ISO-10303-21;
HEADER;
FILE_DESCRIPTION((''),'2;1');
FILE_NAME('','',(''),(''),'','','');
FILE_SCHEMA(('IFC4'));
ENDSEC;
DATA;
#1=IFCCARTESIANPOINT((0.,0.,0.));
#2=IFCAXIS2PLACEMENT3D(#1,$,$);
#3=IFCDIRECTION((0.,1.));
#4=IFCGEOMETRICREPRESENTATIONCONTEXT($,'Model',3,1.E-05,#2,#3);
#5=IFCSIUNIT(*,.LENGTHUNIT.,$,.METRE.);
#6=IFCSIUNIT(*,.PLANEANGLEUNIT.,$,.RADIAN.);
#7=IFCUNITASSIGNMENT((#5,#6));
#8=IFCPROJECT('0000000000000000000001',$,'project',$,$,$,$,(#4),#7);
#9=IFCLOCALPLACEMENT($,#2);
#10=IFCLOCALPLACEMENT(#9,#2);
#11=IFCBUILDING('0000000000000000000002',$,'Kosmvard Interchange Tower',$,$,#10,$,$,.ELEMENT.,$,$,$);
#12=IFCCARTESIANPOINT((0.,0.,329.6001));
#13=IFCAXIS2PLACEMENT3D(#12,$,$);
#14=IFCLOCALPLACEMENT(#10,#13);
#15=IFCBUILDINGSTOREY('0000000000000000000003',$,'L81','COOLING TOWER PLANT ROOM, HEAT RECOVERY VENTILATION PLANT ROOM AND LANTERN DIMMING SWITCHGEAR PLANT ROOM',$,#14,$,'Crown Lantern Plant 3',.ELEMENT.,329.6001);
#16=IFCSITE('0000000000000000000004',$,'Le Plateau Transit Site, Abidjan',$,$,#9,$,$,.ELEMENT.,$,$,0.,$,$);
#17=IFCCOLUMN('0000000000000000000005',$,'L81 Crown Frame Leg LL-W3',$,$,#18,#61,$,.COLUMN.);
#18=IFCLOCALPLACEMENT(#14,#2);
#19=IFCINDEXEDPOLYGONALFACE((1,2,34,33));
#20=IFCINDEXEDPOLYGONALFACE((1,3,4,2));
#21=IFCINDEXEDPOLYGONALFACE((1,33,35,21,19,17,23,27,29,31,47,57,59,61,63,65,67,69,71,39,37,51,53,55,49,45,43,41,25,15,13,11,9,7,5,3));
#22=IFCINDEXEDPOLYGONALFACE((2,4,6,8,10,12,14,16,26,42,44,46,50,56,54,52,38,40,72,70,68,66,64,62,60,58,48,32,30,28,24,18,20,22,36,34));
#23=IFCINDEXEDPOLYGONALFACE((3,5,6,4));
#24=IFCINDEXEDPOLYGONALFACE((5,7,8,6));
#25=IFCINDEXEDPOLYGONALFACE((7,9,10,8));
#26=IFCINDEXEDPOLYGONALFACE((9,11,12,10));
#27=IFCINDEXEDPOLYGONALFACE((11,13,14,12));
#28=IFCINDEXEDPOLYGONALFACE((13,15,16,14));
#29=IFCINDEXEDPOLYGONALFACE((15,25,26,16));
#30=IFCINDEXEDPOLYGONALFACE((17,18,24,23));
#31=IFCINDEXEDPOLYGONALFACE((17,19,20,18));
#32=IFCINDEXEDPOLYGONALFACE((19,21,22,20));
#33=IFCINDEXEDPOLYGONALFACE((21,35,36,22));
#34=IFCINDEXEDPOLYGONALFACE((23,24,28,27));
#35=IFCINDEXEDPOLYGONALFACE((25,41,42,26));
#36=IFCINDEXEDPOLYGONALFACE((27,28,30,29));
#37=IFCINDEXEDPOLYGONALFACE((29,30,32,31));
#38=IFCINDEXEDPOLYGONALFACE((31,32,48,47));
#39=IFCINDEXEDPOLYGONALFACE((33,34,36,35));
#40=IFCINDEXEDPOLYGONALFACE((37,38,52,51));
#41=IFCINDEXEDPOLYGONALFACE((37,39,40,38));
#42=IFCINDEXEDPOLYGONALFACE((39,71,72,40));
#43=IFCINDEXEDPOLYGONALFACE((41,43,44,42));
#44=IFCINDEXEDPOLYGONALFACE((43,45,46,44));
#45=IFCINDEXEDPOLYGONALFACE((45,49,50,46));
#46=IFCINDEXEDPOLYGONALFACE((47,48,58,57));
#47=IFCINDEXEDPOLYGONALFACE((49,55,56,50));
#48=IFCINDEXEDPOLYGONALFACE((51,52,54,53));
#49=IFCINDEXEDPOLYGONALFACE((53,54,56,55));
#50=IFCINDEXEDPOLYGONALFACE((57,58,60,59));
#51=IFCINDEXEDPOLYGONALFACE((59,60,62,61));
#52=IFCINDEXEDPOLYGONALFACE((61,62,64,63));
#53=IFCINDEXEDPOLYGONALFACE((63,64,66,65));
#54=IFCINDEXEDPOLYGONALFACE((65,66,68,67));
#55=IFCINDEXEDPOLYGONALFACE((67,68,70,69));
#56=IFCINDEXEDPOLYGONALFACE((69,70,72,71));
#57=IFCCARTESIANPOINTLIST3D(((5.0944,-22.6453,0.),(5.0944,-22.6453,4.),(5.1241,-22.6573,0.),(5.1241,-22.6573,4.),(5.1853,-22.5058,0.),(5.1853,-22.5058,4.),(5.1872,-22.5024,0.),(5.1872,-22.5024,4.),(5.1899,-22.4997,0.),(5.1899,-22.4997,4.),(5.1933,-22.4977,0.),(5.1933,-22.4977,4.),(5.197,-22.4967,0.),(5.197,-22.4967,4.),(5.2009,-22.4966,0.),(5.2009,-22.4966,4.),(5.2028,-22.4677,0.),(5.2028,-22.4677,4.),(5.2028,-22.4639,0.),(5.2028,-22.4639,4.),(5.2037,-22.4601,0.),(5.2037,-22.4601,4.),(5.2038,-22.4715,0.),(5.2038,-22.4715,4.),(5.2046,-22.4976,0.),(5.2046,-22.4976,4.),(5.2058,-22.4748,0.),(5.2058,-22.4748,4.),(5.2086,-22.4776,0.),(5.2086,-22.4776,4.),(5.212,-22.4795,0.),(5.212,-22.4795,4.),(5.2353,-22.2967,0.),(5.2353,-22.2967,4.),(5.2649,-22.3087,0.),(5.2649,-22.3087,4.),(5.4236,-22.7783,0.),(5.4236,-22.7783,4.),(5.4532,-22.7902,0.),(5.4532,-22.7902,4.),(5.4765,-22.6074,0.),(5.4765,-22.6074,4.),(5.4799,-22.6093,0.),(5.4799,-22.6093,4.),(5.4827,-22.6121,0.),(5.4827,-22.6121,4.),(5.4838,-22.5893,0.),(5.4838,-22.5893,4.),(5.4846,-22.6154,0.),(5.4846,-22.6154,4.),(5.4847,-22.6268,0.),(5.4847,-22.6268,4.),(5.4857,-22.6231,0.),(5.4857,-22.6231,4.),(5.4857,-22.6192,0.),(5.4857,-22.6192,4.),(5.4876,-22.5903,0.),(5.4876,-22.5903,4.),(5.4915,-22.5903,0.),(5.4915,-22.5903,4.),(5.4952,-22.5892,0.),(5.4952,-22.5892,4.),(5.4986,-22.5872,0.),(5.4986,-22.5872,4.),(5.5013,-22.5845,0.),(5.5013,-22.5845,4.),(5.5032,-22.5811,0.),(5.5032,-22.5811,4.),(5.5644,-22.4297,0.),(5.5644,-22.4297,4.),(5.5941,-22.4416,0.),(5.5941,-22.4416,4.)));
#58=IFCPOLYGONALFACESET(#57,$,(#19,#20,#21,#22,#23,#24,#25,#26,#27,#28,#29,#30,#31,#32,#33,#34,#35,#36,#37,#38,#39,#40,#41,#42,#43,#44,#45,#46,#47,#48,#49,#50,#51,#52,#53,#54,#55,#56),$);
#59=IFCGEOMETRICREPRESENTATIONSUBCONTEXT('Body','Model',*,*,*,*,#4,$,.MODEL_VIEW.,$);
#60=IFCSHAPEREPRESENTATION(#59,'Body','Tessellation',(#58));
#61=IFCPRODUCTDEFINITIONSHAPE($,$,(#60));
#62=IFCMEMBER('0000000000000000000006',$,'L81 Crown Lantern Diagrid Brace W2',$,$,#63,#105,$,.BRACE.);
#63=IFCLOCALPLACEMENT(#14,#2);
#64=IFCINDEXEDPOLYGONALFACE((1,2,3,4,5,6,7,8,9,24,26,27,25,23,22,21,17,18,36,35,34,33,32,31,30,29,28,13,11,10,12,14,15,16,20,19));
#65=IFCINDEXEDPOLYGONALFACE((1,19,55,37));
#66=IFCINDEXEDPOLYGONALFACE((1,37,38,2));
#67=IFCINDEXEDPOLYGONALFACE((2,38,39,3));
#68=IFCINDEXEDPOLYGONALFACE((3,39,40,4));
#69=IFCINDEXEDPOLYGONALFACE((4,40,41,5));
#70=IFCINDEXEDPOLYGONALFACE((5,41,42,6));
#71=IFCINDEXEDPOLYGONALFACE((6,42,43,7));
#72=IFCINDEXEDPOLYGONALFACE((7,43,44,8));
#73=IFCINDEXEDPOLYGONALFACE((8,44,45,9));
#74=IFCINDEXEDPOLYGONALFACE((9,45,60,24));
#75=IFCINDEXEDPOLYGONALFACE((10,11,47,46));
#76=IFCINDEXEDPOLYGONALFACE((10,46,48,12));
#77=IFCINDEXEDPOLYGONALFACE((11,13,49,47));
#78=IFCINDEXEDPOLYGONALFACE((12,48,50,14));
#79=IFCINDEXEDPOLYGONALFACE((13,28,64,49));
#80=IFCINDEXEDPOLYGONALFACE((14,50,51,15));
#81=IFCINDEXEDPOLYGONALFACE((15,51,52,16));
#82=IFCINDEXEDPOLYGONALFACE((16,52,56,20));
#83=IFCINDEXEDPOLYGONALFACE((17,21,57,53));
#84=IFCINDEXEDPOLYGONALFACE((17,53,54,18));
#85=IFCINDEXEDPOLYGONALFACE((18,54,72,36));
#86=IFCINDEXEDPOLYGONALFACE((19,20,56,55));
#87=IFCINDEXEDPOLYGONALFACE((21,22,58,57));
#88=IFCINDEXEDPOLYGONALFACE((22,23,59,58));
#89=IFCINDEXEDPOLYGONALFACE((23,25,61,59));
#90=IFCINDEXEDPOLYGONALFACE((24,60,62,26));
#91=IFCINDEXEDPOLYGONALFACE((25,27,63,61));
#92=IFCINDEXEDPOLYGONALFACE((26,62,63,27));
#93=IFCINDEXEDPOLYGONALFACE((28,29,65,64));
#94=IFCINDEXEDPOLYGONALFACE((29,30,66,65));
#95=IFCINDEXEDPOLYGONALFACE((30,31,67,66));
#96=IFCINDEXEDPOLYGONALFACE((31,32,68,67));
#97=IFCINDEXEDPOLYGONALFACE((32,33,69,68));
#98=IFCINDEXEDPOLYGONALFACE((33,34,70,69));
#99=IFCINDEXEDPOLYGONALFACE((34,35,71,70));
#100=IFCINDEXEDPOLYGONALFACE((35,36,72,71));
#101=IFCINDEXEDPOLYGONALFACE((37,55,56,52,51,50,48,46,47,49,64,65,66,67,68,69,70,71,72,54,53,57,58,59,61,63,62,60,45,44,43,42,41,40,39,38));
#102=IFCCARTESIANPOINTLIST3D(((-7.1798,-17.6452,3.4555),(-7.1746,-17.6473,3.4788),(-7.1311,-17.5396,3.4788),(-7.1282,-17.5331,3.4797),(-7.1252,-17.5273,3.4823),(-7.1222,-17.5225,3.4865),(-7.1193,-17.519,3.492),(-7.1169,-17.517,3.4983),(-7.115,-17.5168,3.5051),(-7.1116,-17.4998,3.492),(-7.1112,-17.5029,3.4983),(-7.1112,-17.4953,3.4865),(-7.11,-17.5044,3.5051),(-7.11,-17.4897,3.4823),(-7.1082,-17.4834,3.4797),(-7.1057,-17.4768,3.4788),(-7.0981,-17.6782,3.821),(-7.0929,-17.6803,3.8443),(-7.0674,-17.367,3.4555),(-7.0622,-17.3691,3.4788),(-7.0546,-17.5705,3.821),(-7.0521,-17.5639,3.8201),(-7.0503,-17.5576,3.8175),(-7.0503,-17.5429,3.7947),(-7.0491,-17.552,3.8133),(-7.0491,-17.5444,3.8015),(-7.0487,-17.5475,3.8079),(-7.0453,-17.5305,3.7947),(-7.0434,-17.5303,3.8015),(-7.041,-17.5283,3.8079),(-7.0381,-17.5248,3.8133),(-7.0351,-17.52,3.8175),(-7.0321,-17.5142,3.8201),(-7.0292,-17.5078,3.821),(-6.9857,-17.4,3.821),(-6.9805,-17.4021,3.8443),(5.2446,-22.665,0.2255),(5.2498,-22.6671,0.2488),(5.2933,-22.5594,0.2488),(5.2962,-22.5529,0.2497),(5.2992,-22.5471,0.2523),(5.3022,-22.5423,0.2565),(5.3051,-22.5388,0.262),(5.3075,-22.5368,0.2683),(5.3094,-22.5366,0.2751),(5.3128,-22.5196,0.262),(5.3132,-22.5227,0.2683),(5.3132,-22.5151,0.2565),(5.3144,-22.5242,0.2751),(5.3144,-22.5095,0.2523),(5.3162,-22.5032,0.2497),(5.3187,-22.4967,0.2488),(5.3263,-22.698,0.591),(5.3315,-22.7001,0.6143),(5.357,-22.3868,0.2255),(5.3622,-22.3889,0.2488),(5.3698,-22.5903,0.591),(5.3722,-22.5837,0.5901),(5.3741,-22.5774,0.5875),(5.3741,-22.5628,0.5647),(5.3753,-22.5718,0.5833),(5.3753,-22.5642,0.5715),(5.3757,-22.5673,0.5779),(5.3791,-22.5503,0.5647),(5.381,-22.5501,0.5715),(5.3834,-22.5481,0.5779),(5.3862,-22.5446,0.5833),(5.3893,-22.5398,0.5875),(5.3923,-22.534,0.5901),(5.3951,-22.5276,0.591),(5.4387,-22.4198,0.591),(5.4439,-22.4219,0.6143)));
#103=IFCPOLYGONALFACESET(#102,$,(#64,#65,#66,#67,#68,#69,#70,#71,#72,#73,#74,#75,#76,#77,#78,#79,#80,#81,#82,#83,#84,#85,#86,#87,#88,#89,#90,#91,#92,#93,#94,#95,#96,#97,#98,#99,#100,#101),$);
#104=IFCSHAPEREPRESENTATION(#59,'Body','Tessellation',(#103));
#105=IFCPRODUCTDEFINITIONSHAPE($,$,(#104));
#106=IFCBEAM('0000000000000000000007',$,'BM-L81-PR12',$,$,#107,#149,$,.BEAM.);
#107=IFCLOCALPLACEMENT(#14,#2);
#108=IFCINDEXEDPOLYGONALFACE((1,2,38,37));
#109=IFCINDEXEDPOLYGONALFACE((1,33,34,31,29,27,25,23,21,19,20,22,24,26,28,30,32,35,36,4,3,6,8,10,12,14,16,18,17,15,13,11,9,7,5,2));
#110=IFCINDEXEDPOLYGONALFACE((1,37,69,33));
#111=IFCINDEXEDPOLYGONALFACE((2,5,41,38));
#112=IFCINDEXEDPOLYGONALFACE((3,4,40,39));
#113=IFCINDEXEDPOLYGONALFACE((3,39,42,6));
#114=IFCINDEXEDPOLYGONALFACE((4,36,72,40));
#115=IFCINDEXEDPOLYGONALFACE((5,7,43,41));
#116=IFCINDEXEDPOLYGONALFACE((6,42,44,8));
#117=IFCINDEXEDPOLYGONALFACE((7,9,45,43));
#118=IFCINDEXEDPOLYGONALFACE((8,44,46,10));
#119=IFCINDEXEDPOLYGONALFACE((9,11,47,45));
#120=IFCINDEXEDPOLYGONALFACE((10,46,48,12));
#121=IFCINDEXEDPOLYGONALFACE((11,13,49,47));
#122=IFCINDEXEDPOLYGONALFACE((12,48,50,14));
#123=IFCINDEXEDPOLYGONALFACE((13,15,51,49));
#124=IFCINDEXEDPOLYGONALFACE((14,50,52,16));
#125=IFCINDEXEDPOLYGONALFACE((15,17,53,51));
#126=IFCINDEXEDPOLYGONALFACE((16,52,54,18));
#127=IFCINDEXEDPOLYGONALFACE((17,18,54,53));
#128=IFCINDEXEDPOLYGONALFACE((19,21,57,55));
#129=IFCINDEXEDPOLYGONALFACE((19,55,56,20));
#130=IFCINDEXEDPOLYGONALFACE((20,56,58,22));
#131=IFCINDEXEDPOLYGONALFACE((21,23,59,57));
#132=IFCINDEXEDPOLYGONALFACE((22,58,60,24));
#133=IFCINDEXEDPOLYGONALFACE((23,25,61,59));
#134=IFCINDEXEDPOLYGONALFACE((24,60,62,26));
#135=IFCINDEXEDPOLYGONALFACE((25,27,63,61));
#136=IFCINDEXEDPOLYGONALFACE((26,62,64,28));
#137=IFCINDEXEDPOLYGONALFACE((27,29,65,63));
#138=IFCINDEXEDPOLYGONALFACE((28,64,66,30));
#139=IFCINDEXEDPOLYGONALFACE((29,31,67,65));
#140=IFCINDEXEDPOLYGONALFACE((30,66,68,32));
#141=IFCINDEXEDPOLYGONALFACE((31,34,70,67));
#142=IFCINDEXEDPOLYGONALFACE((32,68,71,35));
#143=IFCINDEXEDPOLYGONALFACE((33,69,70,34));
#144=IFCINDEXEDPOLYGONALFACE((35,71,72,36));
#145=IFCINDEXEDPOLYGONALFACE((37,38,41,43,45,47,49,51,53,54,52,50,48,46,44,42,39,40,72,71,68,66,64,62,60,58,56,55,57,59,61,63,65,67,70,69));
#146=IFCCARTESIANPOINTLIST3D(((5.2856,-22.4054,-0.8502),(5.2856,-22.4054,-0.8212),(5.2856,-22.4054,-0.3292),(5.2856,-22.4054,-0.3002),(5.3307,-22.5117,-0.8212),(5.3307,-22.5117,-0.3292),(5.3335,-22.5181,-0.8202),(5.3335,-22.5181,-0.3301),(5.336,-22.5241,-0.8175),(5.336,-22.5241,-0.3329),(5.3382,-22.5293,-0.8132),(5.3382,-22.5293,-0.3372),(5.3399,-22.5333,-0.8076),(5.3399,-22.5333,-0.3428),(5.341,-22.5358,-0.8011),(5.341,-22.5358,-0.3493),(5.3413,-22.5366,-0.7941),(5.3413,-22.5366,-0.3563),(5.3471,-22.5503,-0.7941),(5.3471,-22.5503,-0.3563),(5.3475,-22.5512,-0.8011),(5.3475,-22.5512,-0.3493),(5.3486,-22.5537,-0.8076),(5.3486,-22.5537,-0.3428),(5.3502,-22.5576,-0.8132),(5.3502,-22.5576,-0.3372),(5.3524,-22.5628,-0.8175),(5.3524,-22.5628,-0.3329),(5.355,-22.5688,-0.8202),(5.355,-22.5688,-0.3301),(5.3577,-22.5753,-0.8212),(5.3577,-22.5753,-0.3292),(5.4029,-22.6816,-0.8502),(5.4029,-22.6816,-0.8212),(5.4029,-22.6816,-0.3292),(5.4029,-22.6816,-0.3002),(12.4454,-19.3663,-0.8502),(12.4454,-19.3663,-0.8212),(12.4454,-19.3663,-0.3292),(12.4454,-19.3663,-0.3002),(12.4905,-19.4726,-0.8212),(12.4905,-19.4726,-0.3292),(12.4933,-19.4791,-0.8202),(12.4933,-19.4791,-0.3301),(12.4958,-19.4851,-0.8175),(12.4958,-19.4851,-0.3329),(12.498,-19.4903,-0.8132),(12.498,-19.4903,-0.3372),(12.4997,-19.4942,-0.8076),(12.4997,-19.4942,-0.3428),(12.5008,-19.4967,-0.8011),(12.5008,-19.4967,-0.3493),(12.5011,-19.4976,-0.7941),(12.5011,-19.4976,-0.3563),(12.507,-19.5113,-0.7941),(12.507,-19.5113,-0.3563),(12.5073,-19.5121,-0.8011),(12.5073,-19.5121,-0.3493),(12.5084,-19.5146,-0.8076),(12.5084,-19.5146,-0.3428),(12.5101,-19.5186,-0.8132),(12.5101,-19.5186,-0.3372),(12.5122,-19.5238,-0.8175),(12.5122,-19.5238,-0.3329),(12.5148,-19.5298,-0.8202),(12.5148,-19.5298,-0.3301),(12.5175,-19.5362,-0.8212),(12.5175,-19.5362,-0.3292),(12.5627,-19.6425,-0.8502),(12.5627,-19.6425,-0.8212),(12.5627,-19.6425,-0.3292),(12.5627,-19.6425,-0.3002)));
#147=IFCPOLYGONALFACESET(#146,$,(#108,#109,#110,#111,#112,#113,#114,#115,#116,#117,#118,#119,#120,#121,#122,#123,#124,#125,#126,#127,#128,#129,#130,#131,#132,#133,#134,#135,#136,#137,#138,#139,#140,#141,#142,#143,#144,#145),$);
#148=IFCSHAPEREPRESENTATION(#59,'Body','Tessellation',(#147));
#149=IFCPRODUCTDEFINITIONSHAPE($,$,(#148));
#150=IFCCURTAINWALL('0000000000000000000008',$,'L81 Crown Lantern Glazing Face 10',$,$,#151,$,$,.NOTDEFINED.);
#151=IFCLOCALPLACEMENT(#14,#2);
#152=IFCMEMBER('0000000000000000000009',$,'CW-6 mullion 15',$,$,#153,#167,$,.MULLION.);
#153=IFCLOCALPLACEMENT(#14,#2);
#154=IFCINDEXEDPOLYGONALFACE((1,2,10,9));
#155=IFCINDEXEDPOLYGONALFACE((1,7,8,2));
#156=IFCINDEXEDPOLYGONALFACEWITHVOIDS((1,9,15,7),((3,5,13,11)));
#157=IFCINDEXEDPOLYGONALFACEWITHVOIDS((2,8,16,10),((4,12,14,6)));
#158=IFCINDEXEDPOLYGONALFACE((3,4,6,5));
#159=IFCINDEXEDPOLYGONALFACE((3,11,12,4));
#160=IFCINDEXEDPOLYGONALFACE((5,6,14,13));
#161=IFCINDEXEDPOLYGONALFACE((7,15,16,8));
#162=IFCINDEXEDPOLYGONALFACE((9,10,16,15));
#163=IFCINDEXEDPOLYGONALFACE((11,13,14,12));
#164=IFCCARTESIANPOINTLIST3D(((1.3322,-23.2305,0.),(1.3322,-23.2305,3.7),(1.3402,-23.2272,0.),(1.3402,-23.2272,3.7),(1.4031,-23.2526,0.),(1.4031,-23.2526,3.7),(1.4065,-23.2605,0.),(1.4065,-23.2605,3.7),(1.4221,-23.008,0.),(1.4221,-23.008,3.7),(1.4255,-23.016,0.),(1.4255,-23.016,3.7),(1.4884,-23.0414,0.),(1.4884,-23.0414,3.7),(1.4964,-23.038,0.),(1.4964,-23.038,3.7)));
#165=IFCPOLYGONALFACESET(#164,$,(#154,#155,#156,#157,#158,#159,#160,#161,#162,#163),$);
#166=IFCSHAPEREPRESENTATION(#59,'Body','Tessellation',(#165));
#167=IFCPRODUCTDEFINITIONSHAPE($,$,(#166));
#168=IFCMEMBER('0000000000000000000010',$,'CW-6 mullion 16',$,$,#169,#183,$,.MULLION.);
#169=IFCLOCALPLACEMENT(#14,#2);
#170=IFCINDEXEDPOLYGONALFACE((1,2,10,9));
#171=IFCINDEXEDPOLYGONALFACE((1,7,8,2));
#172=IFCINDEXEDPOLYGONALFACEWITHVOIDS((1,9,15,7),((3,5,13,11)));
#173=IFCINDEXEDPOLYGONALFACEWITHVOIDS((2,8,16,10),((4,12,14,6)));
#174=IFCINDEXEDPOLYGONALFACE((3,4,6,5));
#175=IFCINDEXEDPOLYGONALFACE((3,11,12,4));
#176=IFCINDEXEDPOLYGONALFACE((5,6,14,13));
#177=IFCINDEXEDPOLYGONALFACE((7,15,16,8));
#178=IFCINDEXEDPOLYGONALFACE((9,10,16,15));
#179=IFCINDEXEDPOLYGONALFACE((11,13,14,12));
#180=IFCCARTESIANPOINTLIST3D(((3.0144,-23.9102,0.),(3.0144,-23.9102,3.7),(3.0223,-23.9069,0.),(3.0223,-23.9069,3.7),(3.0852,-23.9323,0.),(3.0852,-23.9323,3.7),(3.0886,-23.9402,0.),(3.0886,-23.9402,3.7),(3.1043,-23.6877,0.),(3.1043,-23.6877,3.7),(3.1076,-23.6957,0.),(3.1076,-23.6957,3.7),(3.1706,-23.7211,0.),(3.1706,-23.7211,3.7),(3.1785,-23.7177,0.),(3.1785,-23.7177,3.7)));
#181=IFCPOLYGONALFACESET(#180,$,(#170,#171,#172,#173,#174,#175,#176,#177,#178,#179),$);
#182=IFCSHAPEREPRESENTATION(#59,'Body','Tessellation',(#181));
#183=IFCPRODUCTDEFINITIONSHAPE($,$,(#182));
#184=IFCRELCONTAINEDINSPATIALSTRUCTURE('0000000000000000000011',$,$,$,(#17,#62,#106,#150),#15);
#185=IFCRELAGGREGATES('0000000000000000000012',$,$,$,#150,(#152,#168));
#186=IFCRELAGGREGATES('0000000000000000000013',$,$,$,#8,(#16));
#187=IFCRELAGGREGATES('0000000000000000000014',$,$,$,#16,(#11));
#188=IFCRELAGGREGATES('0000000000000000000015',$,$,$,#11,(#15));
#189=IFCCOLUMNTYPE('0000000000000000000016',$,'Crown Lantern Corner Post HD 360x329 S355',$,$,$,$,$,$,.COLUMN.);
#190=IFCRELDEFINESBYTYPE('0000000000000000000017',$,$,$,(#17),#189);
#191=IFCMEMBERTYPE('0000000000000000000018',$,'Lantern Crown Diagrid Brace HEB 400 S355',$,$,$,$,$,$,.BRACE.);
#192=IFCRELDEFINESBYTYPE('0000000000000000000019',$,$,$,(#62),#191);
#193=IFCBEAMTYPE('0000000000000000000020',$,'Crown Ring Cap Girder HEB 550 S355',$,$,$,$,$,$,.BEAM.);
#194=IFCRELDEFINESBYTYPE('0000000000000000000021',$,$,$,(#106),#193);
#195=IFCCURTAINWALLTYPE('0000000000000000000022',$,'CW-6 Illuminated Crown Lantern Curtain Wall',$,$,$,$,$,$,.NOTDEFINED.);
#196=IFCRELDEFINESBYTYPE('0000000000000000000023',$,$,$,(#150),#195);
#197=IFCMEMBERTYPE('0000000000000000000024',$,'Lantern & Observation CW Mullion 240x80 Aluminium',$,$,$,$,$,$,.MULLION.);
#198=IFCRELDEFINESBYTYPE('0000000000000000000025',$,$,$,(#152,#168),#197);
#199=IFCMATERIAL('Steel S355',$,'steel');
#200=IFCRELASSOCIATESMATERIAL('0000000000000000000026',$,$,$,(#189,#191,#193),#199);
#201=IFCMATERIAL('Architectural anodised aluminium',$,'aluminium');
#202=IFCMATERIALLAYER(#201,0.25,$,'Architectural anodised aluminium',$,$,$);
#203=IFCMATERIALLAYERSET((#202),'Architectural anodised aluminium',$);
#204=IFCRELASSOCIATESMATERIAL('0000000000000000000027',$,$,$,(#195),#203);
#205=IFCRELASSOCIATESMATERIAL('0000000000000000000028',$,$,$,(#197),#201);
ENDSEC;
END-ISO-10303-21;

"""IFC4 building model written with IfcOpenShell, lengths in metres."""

from ifc_helpers import new_model, si_unit, direction, frame, origin, origin_2d, place, context, subcontext, project, spatial, hollow_rectangle, i_section, extrude, source, transform, mapped, material, layer, layer_set, material_profile, profile_set, type_object, element, aggregate, save


model = new_model("IFC4")

# Units and contexts
model_context = context("Model", 3, precision=1e-05, world=origin(), true_north=direction((0.0, 1.0)))
body_context = subcontext(model_context, "Body", "Model", "MODEL_VIEW")
ifc_project = project(units=[si_unit("LENGTHUNIT", "METRE"), si_unit("PLANEANGLEUNIT", "RADIAN")], contexts=[model_context])

# Site, building, storey
site_placement = place(None, origin())
site = spatial("IfcSite", under=ifc_project, at=site_placement, Name="Le Plateau Transit Site, Abidjan", CompositionType="ELEMENT", RefElevation=0.0)
building_placement = place(site_placement, origin())
building = spatial("IfcBuilding", under=site, at=building_placement, Name="Kosmvard Interchange Tower", CompositionType="ELEMENT")
storey_placement = place(building_placement, frame((0.0, 0.0, 329.6001)))
storey = spatial("IfcBuildingStorey", under=building, at=storey_placement, Name="L81", Description="COOLING TOWER PLANT ROOM, HEAT RECOVERY VENTILATION PLANT ROOM AND LANTERN DIMMING SWITCHGEAR PLANT ROOM", LongName="Crown Lantern Plant 3", CompositionType="ELEMENT", Elevation=329.6001)

# Column
ifc_material_1 = material(Name="Steel S355", Category="steel")
ifc_material_profile_1 = material_profile(ifc_material_1, i_section(OverallWidth=0.376, OverallDepth=0.387, WebThickness=0.0195, FlangeThickness=0.032, FilletRadius=0.0149, at=origin_2d()), Name="HD 360x329")
ifc_profile_set_1 = profile_set([ifc_material_profile_1], Name="Steel S355")
column_type = type_object("IfcColumnType", Name="Crown Lantern Corner Post HD 360x329 S355", PredefinedType="COLUMN", material=ifc_profile_set_1)
shared_shape_1 = source(origin(), body_context, "Body", "SweptSolid", [
    extrude(i_section(OverallWidth=0.376, OverallDepth=0.387, WebThickness=0.0195, FlangeThickness=0.032, FilletRadius=0.0149, at=origin_2d()), origin(), (0.0, 0.0, 1.0), 4.0),
])
column_placement = place(storey_placement, frame((5.3442, -22.5435, 0.0), z_axis=(0.0, 0.0, 1.0), x_axis=(0.374607, 0.927184, 0.0)))
element("IfcColumn", 1, at=column_placement, inside=storey, type_object=column_type, Name="L81 Crown Frame Leg LL-W3", PredefinedType="COLUMN", context=body_context, shape_type="MappedRepresentation", body=[
    mapped(shared_shape_1, transform((0.0, 0.0, 0.0), scale=1.0)),
])

# Member
ifc_material_profile_2 = material_profile(ifc_material_1, i_section(OverallWidth=0.3, OverallDepth=0.3999, WebThickness=0.0134, FlangeThickness=0.0239, FilletRadius=0.0271, at=origin_2d()), Name="HEB 400")
ifc_profile_set_2 = profile_set([ifc_material_profile_2], Name="Steel S355")
member_type_1 = type_object("IfcMemberType", Name="Lantern Crown Diagrid Brace HEB 400 S355", PredefinedType="BRACE", material=ifc_profile_set_2)
shared_shape_2 = source(origin(), body_context, "Body", "SweptSolid", [
    extrude(i_section(OverallWidth=0.3, OverallDepth=0.3999, WebThickness=0.0134, FlangeThickness=0.0239, FilletRadius=0.0271, at=origin_2d()), origin(), (0.0, 0.0, 1.0), 13.7839),
])
member_1_placement = place(storey_placement, frame((5.3442, -22.5435, 0.4199), z_axis=(-0.901368, 0.364178, 0.234331), x_axis=(-0.374608, -0.927183, 0.0)))
element("IfcMember", 2, at=member_1_placement, inside=storey, type_object=member_type_1, Name="L81 Crown Lantern Diagrid Brace W2", PredefinedType="BRACE", context=body_context, shape_type="MappedRepresentation", body=[
    mapped(shared_shape_2, transform((0.0, 0.0, 0.0), scale=1.0)),
])

# Beam
ifc_material_profile_3 = material_profile(ifc_material_1, i_section(OverallWidth=0.3, OverallDepth=0.55, WebThickness=0.0149, FlangeThickness=0.0291, FilletRadius=0.0271, at=origin_2d()), Name="HEB 550")
ifc_profile_set_3 = profile_set([ifc_material_profile_3], Name="Steel S355")
beam_type = type_object("IfcBeamType", Name="Crown Ring Cap Girder HEB 550 S355", PredefinedType="BEAM", material=ifc_profile_set_3)
shared_shape_3 = source(origin(), body_context, "Body", "SweptSolid", [
    extrude(i_section(OverallWidth=0.3, OverallDepth=0.55, WebThickness=0.0149, FlangeThickness=0.0291, FilletRadius=0.0271, at=origin_2d()), origin(), (0.0, 0.0, 1.0), 7.7781),
])
beam_placement = place(storey_placement, frame((5.3442, -22.5435, -0.5752), z_axis=(0.920511, 0.390716, 0.0), x_axis=(-0.390716, 0.920511, 0.0)))
element("IfcBeam", 3, at=beam_placement, inside=storey, type_object=beam_type, Name="BM-L81-PR12", PredefinedType="BEAM", context=body_context, shape_type="MappedRepresentation", body=[
    mapped(shared_shape_3, transform((0.0, 0.0, 0.0), scale=1.0)),
])

# Curtain wall, members
ifc_material_2 = material(Name="Architectural anodised aluminium", Category="aluminium")
ifc_layer_1 = layer(ifc_material_2, 0.25, Name="Architectural anodised aluminium")
ifc_layer_set_1 = layer_set([ifc_layer_1], Name="Architectural anodised aluminium")
curtain_wall_type = type_object("IfcCurtainWallType", Name="CW-6 Illuminated Crown Lantern Curtain Wall", PredefinedType="NOTDEFINED", material=ifc_layer_set_1)
curtain_wall_placement = place(storey_placement, origin())
curtain_wall = element("IfcCurtainWall", 4, at=curtain_wall_placement, inside=storey, type_object=curtain_wall_type, Name="L81 Crown Lantern Glazing Face 10", PredefinedType="NOTDEFINED")
ifc_material_profile_4 = material_profile(ifc_material_2, hollow_rectangle(XDim=0.24, YDim=0.0801, WallThickness=0.0061, at=origin_2d()), Name="CWM 240x80x6")
ifc_profile_set_4 = profile_set([ifc_material_profile_4], Name="Architectural anodised aluminium")
member_type_2 = type_object("IfcMemberType", Name="Lantern & Observation CW Mullion 240x80 Aluminium", PredefinedType="MULLION", material=ifc_profile_set_4)
shared_shape_4 = source(origin(), body_context, "Body", "SweptSolid", [
    extrude(hollow_rectangle(XDim=0.24, YDim=0.0801, WallThickness=0.0061, at=origin_2d()), origin(), (0.0, 0.0, 1.0), 3.7),
])
member_2_placement = place(storey_placement, frame((1.4143, -23.1343, 0.0), z_axis=(0.0, 0.0, 1.0), x_axis=(0.374607, 0.927184, 0.0)))
member_2 = element("IfcMember", 5, at=member_2_placement, type_object=member_type_2, Name="CW-6 mullion 15", PredefinedType="MULLION", context=body_context, shape_type="MappedRepresentation", body=[
    mapped(shared_shape_4, transform((0.0, 0.0, 0.0), scale=1.0)),
])
member_3_placement = place(storey_placement, frame((3.0964, -23.814, 0.0), z_axis=(0.0, 0.0, 1.0), x_axis=(0.374607, 0.927184, 0.0)))
member_3 = element("IfcMember", 6, at=member_3_placement, type_object=member_type_2, Name="CW-6 mullion 16", PredefinedType="MULLION", context=body_context, shape_type="MappedRepresentation", body=[
    mapped(shared_shape_4, transform((0.0, 0.0, 0.0), scale=1.0)),
])

aggregate(curtain_wall, [member_2, member_3])

save(model, "model.ifc")
